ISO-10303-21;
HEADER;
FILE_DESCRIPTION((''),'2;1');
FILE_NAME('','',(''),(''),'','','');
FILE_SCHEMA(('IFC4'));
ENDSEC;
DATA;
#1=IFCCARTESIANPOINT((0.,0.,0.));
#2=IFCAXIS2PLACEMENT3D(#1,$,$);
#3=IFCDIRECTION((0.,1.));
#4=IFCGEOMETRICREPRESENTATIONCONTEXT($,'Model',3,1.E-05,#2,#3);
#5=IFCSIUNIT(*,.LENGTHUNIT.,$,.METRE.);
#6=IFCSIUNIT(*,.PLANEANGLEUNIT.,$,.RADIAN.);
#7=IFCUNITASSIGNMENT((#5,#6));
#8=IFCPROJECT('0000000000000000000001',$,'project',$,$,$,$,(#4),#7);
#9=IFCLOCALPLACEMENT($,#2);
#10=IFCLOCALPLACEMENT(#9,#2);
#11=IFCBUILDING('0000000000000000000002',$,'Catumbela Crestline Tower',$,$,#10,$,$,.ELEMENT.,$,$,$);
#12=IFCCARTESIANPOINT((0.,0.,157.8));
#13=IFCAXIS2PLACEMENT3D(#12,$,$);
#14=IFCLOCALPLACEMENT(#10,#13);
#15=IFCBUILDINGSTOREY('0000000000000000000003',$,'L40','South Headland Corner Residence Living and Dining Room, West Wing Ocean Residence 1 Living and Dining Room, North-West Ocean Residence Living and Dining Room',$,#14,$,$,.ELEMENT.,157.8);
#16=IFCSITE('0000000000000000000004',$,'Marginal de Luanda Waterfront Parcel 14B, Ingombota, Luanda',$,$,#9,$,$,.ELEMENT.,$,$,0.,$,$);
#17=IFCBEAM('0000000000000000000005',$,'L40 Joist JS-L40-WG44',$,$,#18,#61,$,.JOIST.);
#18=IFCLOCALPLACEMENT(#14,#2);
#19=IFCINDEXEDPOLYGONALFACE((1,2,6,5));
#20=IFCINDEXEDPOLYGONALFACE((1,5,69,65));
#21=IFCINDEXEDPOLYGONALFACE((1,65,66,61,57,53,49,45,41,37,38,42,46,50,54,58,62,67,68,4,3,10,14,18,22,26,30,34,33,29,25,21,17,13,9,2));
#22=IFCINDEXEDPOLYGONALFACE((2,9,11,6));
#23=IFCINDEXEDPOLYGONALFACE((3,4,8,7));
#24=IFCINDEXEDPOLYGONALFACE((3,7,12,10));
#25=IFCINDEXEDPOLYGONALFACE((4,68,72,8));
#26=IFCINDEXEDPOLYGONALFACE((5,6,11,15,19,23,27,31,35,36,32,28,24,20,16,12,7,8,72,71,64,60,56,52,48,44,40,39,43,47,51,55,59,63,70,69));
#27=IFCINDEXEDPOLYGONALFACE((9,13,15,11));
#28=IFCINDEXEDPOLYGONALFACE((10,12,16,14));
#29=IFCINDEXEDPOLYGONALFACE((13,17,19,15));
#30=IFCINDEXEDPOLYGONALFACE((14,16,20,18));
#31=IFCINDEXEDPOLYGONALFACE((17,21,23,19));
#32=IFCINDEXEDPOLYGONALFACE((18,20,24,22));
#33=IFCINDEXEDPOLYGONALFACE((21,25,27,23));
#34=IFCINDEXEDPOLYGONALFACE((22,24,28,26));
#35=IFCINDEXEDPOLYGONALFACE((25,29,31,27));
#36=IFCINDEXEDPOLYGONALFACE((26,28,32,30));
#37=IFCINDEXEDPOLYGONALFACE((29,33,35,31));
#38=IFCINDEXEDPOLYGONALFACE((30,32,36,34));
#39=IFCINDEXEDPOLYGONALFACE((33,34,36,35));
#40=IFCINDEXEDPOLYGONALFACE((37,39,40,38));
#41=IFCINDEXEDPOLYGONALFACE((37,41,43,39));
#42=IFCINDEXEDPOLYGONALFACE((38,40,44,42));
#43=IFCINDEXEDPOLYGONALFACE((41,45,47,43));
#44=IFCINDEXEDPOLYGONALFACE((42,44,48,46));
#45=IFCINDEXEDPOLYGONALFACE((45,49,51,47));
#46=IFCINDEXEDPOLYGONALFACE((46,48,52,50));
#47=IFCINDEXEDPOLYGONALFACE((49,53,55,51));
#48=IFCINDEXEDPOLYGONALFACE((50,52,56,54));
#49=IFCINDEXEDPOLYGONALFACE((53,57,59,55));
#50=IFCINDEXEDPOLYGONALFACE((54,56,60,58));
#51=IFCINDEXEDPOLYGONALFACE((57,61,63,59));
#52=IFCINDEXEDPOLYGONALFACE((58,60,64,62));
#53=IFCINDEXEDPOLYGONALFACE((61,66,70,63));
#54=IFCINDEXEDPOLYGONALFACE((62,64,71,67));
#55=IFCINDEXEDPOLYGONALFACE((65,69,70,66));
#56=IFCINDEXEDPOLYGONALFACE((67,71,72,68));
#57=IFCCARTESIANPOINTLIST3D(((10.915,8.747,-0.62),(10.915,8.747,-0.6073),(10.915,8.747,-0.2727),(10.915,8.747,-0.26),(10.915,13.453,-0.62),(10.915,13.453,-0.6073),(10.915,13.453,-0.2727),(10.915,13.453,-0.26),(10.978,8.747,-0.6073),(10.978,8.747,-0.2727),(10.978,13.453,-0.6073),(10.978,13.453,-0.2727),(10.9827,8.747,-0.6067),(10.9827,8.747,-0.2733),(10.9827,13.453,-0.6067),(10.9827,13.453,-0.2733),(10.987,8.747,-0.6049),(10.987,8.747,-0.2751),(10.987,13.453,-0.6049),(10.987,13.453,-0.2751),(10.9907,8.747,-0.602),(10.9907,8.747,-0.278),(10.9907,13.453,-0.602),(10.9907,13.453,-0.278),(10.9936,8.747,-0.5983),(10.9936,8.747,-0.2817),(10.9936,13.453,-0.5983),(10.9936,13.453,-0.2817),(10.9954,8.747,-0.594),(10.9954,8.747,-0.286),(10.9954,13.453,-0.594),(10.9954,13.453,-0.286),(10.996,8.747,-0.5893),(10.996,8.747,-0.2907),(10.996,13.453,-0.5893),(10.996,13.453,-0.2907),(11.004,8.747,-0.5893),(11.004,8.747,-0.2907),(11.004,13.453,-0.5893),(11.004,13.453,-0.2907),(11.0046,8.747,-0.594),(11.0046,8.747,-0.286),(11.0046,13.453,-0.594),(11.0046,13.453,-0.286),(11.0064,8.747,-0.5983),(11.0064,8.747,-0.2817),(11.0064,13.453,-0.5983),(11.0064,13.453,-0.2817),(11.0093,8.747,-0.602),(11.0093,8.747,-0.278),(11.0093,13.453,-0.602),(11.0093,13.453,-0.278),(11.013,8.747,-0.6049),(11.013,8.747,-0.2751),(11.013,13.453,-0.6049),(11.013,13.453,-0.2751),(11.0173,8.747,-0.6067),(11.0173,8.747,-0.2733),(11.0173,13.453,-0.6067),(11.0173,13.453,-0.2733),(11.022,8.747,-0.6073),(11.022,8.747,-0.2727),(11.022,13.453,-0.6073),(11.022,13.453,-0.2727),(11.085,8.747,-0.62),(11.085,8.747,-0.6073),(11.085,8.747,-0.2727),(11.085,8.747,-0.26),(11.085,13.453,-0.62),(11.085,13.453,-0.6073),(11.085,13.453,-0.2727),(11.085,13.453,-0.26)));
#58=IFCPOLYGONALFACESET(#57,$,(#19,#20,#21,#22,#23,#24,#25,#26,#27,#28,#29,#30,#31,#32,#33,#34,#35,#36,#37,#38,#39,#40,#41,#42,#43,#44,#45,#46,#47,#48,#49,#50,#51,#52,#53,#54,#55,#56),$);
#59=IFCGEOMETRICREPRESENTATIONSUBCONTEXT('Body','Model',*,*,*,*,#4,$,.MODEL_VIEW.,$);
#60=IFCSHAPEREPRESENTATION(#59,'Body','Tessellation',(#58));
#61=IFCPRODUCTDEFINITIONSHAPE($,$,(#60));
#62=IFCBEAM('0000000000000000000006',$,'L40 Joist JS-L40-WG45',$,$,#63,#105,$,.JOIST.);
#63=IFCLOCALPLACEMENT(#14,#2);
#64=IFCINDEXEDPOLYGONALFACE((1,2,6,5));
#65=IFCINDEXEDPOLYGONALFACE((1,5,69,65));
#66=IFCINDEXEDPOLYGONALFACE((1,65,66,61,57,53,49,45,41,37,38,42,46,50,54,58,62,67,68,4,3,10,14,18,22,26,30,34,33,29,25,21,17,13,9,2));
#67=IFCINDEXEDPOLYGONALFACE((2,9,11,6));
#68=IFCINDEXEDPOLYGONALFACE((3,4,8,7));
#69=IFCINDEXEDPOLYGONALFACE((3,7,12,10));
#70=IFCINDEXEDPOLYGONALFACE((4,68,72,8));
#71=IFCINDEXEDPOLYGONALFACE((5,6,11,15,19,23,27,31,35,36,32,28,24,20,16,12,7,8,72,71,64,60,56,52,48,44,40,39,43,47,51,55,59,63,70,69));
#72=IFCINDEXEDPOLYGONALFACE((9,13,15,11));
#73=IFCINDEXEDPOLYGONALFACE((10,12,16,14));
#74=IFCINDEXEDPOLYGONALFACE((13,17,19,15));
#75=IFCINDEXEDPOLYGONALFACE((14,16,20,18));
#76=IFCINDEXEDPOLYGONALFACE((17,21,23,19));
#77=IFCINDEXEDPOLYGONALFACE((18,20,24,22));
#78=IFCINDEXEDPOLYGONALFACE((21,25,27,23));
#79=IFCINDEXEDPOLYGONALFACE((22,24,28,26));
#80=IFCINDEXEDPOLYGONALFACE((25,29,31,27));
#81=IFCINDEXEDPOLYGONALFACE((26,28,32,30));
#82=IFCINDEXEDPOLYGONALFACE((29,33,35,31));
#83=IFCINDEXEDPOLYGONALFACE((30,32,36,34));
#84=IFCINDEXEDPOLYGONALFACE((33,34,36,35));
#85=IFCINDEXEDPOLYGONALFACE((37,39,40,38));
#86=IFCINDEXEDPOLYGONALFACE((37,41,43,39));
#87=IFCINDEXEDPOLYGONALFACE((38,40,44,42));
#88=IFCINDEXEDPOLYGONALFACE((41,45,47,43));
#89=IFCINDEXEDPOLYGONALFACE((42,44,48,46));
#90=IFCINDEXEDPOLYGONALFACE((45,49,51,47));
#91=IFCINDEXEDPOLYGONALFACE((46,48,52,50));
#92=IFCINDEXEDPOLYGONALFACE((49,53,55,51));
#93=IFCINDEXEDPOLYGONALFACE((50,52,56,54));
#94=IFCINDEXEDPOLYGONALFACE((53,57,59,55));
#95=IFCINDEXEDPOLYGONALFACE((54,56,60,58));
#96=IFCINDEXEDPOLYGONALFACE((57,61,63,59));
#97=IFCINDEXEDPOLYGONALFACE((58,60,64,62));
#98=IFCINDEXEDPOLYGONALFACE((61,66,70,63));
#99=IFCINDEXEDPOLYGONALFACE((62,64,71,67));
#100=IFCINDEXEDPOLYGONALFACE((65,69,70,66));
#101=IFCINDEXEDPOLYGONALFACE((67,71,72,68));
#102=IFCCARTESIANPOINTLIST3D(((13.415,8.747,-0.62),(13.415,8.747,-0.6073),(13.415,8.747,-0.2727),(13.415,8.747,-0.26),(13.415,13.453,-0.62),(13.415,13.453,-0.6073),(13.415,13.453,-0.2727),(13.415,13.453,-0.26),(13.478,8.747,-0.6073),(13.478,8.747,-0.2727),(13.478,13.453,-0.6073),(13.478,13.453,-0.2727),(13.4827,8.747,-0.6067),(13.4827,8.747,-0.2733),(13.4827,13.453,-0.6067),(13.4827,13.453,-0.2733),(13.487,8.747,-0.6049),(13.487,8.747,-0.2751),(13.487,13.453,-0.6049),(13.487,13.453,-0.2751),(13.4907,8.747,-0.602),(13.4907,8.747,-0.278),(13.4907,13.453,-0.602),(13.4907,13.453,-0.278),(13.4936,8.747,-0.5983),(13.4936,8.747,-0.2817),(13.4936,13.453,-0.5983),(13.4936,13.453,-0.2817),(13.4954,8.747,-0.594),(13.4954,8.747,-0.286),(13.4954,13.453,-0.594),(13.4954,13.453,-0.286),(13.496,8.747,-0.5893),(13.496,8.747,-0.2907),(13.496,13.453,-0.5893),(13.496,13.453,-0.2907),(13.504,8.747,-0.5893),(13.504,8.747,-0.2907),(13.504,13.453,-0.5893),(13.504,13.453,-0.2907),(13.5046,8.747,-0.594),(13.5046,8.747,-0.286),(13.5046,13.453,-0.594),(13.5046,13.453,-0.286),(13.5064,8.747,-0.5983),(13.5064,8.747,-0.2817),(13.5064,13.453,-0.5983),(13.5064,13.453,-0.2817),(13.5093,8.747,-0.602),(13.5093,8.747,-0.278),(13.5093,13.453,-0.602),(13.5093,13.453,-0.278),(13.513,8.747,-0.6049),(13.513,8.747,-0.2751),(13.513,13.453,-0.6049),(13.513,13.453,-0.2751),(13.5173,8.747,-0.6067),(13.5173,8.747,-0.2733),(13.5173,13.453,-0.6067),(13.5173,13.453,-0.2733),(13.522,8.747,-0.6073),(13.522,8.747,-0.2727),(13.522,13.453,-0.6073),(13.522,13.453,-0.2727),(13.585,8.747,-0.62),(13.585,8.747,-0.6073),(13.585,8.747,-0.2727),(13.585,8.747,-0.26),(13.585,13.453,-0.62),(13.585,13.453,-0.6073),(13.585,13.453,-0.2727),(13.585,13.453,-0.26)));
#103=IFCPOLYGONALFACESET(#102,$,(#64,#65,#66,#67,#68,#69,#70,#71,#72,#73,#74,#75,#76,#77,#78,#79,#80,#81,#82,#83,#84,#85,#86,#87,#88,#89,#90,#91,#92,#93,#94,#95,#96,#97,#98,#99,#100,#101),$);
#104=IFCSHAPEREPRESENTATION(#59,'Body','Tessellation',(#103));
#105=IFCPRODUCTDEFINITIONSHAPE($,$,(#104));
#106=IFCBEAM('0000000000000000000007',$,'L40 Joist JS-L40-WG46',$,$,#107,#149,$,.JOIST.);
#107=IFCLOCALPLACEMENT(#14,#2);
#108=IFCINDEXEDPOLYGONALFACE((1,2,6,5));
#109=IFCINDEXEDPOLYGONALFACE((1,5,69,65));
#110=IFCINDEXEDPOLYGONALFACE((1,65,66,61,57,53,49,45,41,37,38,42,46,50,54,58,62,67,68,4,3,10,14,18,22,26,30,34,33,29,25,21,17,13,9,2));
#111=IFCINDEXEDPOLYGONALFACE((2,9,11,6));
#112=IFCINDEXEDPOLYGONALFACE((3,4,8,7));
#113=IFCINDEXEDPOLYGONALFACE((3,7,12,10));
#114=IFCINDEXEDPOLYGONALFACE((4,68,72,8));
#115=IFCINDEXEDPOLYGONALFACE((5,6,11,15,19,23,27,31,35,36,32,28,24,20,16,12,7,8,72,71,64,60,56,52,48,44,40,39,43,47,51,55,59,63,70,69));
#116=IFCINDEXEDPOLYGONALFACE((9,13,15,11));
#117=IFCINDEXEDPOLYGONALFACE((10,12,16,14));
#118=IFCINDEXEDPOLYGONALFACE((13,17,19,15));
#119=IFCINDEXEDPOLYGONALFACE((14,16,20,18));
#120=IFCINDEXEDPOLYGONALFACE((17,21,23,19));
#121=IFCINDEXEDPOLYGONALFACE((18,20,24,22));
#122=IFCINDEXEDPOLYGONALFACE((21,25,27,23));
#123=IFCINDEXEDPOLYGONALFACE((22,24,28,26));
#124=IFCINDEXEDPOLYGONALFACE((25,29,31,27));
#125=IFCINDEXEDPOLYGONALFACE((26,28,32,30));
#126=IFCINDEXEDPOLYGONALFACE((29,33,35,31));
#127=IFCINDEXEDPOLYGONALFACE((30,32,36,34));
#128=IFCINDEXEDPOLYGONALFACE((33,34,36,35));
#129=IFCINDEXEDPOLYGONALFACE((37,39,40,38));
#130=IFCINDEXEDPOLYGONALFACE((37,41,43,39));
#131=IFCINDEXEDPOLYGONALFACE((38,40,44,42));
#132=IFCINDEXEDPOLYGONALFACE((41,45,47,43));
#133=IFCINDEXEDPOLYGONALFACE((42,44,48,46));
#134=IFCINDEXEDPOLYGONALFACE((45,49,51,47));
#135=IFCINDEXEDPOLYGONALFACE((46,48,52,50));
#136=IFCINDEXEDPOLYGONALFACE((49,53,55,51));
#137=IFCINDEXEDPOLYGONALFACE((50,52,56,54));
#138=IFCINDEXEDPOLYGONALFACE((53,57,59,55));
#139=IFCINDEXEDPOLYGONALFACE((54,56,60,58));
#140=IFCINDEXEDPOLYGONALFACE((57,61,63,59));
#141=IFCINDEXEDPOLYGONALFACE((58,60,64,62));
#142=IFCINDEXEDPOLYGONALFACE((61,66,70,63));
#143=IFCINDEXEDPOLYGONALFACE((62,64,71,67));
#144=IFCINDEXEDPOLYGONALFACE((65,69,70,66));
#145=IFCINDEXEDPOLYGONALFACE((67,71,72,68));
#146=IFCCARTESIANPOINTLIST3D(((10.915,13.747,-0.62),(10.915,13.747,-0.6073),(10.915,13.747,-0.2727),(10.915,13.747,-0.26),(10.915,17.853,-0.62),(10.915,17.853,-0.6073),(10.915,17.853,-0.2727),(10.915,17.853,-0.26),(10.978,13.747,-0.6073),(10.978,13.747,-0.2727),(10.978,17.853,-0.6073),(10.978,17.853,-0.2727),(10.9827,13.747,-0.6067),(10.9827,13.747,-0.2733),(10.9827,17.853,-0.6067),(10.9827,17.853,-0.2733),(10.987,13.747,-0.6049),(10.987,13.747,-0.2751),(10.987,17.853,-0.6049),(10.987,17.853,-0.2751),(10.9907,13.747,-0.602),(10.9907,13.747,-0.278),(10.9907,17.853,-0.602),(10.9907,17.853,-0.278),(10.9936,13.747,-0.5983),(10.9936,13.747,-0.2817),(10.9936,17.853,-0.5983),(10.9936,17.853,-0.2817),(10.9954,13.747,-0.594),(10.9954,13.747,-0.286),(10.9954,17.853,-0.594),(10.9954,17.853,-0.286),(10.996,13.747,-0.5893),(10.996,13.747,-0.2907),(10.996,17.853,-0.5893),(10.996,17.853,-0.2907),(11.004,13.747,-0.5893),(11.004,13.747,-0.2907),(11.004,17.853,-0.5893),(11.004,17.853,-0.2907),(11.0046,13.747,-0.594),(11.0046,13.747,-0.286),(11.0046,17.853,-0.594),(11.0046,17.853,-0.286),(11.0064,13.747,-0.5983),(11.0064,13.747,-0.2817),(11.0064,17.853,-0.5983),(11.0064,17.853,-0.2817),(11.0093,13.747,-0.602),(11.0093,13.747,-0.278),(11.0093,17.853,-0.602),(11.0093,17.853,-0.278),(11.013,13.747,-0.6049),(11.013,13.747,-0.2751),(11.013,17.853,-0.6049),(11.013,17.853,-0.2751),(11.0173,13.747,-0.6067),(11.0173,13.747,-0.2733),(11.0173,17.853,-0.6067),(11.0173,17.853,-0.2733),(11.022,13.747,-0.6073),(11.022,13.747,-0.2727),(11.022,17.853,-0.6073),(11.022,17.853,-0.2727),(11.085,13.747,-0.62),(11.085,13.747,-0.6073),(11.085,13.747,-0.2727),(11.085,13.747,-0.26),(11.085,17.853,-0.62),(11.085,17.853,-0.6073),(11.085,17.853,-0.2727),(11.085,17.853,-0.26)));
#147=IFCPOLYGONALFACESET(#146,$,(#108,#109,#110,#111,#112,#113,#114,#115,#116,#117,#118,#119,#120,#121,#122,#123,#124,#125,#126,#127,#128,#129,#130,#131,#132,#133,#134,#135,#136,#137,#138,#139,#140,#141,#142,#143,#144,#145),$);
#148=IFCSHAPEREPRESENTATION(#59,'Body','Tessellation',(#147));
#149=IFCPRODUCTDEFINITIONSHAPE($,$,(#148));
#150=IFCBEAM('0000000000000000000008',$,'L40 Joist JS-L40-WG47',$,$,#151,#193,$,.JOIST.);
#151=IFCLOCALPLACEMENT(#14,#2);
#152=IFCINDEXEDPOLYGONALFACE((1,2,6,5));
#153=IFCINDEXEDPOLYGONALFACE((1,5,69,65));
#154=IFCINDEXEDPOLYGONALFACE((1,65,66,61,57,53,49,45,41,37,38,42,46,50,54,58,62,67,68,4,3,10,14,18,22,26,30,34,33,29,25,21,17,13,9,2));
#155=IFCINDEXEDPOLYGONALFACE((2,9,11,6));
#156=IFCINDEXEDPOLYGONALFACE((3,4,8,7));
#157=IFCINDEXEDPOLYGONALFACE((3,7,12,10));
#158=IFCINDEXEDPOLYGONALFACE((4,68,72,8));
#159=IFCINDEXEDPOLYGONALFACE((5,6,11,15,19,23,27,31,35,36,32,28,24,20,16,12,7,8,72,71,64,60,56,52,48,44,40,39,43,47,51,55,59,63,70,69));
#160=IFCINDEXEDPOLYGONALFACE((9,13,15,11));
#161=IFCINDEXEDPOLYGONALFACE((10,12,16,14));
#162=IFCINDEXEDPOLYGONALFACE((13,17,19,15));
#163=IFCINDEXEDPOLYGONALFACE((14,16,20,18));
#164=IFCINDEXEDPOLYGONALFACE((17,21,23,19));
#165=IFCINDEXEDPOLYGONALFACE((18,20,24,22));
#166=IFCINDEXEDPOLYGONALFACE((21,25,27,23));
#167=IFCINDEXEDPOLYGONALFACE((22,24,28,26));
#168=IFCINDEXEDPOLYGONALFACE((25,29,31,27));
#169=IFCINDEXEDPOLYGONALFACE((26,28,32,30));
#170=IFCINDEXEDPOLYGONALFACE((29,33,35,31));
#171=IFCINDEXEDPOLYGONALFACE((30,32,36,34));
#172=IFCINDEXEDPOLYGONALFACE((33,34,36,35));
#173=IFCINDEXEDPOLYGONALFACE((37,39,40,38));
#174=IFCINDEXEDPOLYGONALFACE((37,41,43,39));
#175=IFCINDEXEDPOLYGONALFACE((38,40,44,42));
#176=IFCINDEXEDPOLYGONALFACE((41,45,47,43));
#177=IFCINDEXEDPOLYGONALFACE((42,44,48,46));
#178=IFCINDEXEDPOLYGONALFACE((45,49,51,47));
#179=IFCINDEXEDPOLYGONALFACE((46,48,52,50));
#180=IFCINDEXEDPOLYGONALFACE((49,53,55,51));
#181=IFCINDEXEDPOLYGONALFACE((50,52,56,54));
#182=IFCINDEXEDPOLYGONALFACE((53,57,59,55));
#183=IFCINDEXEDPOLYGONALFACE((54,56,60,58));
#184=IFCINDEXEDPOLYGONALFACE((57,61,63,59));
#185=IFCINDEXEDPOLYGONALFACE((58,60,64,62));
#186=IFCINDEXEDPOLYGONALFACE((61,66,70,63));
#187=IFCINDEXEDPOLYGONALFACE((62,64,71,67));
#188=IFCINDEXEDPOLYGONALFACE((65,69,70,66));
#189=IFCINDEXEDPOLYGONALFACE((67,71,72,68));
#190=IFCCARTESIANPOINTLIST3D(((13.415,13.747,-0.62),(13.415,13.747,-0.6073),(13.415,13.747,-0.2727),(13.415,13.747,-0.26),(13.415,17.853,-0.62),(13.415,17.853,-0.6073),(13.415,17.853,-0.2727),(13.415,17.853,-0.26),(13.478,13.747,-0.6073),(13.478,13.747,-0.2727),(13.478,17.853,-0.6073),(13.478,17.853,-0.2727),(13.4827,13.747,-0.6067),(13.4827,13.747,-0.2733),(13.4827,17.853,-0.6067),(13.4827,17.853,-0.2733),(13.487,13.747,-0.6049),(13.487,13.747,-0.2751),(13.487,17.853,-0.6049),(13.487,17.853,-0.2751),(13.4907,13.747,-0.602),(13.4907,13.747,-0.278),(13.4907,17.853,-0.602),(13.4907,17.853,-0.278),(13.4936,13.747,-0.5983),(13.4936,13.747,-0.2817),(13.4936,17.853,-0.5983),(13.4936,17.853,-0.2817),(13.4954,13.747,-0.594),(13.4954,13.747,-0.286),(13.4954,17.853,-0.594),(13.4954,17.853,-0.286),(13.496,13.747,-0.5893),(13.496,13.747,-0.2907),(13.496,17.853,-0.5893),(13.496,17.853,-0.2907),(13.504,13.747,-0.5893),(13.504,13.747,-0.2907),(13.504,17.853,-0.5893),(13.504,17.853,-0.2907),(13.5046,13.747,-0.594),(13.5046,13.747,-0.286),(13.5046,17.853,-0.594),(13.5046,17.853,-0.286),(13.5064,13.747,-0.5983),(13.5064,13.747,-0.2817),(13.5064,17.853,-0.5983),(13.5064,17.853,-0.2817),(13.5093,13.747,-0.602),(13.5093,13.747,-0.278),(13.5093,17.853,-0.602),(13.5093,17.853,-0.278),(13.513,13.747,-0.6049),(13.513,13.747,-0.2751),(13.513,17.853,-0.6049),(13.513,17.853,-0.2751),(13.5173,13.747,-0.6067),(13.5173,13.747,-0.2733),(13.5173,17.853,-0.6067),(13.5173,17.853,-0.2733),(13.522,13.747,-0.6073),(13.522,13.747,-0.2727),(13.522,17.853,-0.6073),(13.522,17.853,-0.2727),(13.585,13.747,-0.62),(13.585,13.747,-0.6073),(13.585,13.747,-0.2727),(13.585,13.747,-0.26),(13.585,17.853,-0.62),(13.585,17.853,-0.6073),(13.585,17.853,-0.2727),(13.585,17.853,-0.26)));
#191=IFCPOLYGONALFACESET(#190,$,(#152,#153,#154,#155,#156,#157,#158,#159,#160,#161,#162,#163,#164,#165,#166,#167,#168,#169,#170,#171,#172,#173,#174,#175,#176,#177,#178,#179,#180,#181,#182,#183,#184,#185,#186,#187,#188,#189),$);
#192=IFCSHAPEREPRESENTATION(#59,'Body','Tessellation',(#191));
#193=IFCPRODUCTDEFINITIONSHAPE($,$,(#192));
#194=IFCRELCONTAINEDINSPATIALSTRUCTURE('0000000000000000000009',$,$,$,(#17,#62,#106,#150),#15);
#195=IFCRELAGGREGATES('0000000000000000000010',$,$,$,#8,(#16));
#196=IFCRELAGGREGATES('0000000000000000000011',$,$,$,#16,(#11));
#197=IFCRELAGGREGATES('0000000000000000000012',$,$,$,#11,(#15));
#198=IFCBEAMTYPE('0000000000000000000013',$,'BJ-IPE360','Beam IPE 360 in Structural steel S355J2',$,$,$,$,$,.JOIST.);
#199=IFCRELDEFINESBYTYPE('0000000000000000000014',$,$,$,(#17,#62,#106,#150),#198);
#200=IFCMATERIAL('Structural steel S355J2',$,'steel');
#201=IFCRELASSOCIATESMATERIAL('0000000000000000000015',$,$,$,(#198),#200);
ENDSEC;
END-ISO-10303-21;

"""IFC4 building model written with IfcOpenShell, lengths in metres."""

from ifc_helpers import new_model, si_unit, direction, frame, origin, origin_2d, place, context, subcontext, project, spatial, i_section, extrude, material, material_profile, profile_set, type_object, element, save


model = new_model("IFC4")

# Units and contexts
model_context = context("Model", 3, precision=1e-05, world=origin(), true_north=direction((0.0, 1.0)))
body_context = subcontext(model_context, "Body", "Model", "MODEL_VIEW")
ifc_project = project(units=[si_unit("LENGTHUNIT", "METRE"), si_unit("PLANEANGLEUNIT", "RADIAN")], contexts=[model_context])

# Site, building, storey
site_placement = place(None, origin())
site = spatial("IfcSite", under=ifc_project, at=site_placement, Name="Marginal de Luanda Waterfront Parcel 14B, Ingombota, Luanda", CompositionType="ELEMENT", RefElevation=0.0)
building_placement = place(site_placement, origin())
building = spatial("IfcBuilding", under=site, at=building_placement, Name="Catumbela Crestline Tower", CompositionType="ELEMENT")
storey_placement = place(building_placement, frame((0.0, 0.0, 157.8)))
storey = spatial("IfcBuildingStorey", under=building, at=storey_placement, Name="L40", Description="South Headland Corner Residence Living and Dining Room, West Wing Ocean Residence 1 Living and Dining Room, North-West Ocean Residence Living and Dining Room", CompositionType="ELEMENT", Elevation=157.8)

# Shared definitions
ifc_material_1 = material(Name="Structural steel S355J2", Category="steel")

# Beams
ifc_material_profile_1 = material_profile(ifc_material_1, i_section(OverallWidth=0.17, OverallDepth=0.36, WebThickness=0.008, FlangeThickness=0.0127, FilletRadius=0.018, at=origin_2d()), Name="IPE 360")
ifc_profile_set_1 = profile_set([ifc_material_profile_1], Name="Structural steel S355J2")
beam_type_1 = type_object("IfcBeamType", Name="BJ-IPE360", Description="Beam IPE 360 in Structural steel S355J2", PredefinedType="JOIST", material=ifc_profile_set_1)
for number, where, z_axis, x_axis, name in (
    (1, (11.0, 8.747, -0.44), (0.0, 1.0, 0.0), (-1.0, 0.0, 0.0), "L40 Joist JS-L40-WG44"),
    (2, (13.5, 8.747, -0.44), (0.0, 1.0, 0.0), (-1.0, 0.0, 0.0), "L40 Joist JS-L40-WG45"),
):
    element("IfcBeam", number, at=place(storey_placement, frame(where, z_axis=z_axis, x_axis=x_axis)), inside=storey, type_object=beam_type_1, Name=name, PredefinedType="JOIST", context=body_context, shape_type="SweptSolid", body=[
        extrude(i_section(OverallWidth=0.17, OverallDepth=0.36, WebThickness=0.008, FlangeThickness=0.0127, FilletRadius=0.018, at=origin_2d()), origin(), (0.0, 0.0, 1.0), 4.706),
    ])
for number, where, z_axis, x_axis, name in (
    (3, (11.0, 13.747, -0.44), (0.0, 1.0, 0.0), (-1.0, 0.0, 0.0), "L40 Joist JS-L40-WG46"),
    (4, (13.5, 13.747, -0.44), (0.0, 1.0, 0.0), (-1.0, 0.0, 0.0), "L40 Joist JS-L40-WG47"),
):
    element("IfcBeam", number, at=place(storey_placement, frame(where, z_axis=z_axis, x_axis=x_axis)), inside=storey, type_object=beam_type_1, Name=name, PredefinedType="JOIST", context=body_context, shape_type="SweptSolid", body=[
        extrude(i_section(OverallWidth=0.17, OverallDepth=0.36, WebThickness=0.008, FlangeThickness=0.0127, FilletRadius=0.018, at=origin_2d()), origin(), (0.0, 0.0, 1.0), 4.106),
    ])

save(model, "model.ifc")
